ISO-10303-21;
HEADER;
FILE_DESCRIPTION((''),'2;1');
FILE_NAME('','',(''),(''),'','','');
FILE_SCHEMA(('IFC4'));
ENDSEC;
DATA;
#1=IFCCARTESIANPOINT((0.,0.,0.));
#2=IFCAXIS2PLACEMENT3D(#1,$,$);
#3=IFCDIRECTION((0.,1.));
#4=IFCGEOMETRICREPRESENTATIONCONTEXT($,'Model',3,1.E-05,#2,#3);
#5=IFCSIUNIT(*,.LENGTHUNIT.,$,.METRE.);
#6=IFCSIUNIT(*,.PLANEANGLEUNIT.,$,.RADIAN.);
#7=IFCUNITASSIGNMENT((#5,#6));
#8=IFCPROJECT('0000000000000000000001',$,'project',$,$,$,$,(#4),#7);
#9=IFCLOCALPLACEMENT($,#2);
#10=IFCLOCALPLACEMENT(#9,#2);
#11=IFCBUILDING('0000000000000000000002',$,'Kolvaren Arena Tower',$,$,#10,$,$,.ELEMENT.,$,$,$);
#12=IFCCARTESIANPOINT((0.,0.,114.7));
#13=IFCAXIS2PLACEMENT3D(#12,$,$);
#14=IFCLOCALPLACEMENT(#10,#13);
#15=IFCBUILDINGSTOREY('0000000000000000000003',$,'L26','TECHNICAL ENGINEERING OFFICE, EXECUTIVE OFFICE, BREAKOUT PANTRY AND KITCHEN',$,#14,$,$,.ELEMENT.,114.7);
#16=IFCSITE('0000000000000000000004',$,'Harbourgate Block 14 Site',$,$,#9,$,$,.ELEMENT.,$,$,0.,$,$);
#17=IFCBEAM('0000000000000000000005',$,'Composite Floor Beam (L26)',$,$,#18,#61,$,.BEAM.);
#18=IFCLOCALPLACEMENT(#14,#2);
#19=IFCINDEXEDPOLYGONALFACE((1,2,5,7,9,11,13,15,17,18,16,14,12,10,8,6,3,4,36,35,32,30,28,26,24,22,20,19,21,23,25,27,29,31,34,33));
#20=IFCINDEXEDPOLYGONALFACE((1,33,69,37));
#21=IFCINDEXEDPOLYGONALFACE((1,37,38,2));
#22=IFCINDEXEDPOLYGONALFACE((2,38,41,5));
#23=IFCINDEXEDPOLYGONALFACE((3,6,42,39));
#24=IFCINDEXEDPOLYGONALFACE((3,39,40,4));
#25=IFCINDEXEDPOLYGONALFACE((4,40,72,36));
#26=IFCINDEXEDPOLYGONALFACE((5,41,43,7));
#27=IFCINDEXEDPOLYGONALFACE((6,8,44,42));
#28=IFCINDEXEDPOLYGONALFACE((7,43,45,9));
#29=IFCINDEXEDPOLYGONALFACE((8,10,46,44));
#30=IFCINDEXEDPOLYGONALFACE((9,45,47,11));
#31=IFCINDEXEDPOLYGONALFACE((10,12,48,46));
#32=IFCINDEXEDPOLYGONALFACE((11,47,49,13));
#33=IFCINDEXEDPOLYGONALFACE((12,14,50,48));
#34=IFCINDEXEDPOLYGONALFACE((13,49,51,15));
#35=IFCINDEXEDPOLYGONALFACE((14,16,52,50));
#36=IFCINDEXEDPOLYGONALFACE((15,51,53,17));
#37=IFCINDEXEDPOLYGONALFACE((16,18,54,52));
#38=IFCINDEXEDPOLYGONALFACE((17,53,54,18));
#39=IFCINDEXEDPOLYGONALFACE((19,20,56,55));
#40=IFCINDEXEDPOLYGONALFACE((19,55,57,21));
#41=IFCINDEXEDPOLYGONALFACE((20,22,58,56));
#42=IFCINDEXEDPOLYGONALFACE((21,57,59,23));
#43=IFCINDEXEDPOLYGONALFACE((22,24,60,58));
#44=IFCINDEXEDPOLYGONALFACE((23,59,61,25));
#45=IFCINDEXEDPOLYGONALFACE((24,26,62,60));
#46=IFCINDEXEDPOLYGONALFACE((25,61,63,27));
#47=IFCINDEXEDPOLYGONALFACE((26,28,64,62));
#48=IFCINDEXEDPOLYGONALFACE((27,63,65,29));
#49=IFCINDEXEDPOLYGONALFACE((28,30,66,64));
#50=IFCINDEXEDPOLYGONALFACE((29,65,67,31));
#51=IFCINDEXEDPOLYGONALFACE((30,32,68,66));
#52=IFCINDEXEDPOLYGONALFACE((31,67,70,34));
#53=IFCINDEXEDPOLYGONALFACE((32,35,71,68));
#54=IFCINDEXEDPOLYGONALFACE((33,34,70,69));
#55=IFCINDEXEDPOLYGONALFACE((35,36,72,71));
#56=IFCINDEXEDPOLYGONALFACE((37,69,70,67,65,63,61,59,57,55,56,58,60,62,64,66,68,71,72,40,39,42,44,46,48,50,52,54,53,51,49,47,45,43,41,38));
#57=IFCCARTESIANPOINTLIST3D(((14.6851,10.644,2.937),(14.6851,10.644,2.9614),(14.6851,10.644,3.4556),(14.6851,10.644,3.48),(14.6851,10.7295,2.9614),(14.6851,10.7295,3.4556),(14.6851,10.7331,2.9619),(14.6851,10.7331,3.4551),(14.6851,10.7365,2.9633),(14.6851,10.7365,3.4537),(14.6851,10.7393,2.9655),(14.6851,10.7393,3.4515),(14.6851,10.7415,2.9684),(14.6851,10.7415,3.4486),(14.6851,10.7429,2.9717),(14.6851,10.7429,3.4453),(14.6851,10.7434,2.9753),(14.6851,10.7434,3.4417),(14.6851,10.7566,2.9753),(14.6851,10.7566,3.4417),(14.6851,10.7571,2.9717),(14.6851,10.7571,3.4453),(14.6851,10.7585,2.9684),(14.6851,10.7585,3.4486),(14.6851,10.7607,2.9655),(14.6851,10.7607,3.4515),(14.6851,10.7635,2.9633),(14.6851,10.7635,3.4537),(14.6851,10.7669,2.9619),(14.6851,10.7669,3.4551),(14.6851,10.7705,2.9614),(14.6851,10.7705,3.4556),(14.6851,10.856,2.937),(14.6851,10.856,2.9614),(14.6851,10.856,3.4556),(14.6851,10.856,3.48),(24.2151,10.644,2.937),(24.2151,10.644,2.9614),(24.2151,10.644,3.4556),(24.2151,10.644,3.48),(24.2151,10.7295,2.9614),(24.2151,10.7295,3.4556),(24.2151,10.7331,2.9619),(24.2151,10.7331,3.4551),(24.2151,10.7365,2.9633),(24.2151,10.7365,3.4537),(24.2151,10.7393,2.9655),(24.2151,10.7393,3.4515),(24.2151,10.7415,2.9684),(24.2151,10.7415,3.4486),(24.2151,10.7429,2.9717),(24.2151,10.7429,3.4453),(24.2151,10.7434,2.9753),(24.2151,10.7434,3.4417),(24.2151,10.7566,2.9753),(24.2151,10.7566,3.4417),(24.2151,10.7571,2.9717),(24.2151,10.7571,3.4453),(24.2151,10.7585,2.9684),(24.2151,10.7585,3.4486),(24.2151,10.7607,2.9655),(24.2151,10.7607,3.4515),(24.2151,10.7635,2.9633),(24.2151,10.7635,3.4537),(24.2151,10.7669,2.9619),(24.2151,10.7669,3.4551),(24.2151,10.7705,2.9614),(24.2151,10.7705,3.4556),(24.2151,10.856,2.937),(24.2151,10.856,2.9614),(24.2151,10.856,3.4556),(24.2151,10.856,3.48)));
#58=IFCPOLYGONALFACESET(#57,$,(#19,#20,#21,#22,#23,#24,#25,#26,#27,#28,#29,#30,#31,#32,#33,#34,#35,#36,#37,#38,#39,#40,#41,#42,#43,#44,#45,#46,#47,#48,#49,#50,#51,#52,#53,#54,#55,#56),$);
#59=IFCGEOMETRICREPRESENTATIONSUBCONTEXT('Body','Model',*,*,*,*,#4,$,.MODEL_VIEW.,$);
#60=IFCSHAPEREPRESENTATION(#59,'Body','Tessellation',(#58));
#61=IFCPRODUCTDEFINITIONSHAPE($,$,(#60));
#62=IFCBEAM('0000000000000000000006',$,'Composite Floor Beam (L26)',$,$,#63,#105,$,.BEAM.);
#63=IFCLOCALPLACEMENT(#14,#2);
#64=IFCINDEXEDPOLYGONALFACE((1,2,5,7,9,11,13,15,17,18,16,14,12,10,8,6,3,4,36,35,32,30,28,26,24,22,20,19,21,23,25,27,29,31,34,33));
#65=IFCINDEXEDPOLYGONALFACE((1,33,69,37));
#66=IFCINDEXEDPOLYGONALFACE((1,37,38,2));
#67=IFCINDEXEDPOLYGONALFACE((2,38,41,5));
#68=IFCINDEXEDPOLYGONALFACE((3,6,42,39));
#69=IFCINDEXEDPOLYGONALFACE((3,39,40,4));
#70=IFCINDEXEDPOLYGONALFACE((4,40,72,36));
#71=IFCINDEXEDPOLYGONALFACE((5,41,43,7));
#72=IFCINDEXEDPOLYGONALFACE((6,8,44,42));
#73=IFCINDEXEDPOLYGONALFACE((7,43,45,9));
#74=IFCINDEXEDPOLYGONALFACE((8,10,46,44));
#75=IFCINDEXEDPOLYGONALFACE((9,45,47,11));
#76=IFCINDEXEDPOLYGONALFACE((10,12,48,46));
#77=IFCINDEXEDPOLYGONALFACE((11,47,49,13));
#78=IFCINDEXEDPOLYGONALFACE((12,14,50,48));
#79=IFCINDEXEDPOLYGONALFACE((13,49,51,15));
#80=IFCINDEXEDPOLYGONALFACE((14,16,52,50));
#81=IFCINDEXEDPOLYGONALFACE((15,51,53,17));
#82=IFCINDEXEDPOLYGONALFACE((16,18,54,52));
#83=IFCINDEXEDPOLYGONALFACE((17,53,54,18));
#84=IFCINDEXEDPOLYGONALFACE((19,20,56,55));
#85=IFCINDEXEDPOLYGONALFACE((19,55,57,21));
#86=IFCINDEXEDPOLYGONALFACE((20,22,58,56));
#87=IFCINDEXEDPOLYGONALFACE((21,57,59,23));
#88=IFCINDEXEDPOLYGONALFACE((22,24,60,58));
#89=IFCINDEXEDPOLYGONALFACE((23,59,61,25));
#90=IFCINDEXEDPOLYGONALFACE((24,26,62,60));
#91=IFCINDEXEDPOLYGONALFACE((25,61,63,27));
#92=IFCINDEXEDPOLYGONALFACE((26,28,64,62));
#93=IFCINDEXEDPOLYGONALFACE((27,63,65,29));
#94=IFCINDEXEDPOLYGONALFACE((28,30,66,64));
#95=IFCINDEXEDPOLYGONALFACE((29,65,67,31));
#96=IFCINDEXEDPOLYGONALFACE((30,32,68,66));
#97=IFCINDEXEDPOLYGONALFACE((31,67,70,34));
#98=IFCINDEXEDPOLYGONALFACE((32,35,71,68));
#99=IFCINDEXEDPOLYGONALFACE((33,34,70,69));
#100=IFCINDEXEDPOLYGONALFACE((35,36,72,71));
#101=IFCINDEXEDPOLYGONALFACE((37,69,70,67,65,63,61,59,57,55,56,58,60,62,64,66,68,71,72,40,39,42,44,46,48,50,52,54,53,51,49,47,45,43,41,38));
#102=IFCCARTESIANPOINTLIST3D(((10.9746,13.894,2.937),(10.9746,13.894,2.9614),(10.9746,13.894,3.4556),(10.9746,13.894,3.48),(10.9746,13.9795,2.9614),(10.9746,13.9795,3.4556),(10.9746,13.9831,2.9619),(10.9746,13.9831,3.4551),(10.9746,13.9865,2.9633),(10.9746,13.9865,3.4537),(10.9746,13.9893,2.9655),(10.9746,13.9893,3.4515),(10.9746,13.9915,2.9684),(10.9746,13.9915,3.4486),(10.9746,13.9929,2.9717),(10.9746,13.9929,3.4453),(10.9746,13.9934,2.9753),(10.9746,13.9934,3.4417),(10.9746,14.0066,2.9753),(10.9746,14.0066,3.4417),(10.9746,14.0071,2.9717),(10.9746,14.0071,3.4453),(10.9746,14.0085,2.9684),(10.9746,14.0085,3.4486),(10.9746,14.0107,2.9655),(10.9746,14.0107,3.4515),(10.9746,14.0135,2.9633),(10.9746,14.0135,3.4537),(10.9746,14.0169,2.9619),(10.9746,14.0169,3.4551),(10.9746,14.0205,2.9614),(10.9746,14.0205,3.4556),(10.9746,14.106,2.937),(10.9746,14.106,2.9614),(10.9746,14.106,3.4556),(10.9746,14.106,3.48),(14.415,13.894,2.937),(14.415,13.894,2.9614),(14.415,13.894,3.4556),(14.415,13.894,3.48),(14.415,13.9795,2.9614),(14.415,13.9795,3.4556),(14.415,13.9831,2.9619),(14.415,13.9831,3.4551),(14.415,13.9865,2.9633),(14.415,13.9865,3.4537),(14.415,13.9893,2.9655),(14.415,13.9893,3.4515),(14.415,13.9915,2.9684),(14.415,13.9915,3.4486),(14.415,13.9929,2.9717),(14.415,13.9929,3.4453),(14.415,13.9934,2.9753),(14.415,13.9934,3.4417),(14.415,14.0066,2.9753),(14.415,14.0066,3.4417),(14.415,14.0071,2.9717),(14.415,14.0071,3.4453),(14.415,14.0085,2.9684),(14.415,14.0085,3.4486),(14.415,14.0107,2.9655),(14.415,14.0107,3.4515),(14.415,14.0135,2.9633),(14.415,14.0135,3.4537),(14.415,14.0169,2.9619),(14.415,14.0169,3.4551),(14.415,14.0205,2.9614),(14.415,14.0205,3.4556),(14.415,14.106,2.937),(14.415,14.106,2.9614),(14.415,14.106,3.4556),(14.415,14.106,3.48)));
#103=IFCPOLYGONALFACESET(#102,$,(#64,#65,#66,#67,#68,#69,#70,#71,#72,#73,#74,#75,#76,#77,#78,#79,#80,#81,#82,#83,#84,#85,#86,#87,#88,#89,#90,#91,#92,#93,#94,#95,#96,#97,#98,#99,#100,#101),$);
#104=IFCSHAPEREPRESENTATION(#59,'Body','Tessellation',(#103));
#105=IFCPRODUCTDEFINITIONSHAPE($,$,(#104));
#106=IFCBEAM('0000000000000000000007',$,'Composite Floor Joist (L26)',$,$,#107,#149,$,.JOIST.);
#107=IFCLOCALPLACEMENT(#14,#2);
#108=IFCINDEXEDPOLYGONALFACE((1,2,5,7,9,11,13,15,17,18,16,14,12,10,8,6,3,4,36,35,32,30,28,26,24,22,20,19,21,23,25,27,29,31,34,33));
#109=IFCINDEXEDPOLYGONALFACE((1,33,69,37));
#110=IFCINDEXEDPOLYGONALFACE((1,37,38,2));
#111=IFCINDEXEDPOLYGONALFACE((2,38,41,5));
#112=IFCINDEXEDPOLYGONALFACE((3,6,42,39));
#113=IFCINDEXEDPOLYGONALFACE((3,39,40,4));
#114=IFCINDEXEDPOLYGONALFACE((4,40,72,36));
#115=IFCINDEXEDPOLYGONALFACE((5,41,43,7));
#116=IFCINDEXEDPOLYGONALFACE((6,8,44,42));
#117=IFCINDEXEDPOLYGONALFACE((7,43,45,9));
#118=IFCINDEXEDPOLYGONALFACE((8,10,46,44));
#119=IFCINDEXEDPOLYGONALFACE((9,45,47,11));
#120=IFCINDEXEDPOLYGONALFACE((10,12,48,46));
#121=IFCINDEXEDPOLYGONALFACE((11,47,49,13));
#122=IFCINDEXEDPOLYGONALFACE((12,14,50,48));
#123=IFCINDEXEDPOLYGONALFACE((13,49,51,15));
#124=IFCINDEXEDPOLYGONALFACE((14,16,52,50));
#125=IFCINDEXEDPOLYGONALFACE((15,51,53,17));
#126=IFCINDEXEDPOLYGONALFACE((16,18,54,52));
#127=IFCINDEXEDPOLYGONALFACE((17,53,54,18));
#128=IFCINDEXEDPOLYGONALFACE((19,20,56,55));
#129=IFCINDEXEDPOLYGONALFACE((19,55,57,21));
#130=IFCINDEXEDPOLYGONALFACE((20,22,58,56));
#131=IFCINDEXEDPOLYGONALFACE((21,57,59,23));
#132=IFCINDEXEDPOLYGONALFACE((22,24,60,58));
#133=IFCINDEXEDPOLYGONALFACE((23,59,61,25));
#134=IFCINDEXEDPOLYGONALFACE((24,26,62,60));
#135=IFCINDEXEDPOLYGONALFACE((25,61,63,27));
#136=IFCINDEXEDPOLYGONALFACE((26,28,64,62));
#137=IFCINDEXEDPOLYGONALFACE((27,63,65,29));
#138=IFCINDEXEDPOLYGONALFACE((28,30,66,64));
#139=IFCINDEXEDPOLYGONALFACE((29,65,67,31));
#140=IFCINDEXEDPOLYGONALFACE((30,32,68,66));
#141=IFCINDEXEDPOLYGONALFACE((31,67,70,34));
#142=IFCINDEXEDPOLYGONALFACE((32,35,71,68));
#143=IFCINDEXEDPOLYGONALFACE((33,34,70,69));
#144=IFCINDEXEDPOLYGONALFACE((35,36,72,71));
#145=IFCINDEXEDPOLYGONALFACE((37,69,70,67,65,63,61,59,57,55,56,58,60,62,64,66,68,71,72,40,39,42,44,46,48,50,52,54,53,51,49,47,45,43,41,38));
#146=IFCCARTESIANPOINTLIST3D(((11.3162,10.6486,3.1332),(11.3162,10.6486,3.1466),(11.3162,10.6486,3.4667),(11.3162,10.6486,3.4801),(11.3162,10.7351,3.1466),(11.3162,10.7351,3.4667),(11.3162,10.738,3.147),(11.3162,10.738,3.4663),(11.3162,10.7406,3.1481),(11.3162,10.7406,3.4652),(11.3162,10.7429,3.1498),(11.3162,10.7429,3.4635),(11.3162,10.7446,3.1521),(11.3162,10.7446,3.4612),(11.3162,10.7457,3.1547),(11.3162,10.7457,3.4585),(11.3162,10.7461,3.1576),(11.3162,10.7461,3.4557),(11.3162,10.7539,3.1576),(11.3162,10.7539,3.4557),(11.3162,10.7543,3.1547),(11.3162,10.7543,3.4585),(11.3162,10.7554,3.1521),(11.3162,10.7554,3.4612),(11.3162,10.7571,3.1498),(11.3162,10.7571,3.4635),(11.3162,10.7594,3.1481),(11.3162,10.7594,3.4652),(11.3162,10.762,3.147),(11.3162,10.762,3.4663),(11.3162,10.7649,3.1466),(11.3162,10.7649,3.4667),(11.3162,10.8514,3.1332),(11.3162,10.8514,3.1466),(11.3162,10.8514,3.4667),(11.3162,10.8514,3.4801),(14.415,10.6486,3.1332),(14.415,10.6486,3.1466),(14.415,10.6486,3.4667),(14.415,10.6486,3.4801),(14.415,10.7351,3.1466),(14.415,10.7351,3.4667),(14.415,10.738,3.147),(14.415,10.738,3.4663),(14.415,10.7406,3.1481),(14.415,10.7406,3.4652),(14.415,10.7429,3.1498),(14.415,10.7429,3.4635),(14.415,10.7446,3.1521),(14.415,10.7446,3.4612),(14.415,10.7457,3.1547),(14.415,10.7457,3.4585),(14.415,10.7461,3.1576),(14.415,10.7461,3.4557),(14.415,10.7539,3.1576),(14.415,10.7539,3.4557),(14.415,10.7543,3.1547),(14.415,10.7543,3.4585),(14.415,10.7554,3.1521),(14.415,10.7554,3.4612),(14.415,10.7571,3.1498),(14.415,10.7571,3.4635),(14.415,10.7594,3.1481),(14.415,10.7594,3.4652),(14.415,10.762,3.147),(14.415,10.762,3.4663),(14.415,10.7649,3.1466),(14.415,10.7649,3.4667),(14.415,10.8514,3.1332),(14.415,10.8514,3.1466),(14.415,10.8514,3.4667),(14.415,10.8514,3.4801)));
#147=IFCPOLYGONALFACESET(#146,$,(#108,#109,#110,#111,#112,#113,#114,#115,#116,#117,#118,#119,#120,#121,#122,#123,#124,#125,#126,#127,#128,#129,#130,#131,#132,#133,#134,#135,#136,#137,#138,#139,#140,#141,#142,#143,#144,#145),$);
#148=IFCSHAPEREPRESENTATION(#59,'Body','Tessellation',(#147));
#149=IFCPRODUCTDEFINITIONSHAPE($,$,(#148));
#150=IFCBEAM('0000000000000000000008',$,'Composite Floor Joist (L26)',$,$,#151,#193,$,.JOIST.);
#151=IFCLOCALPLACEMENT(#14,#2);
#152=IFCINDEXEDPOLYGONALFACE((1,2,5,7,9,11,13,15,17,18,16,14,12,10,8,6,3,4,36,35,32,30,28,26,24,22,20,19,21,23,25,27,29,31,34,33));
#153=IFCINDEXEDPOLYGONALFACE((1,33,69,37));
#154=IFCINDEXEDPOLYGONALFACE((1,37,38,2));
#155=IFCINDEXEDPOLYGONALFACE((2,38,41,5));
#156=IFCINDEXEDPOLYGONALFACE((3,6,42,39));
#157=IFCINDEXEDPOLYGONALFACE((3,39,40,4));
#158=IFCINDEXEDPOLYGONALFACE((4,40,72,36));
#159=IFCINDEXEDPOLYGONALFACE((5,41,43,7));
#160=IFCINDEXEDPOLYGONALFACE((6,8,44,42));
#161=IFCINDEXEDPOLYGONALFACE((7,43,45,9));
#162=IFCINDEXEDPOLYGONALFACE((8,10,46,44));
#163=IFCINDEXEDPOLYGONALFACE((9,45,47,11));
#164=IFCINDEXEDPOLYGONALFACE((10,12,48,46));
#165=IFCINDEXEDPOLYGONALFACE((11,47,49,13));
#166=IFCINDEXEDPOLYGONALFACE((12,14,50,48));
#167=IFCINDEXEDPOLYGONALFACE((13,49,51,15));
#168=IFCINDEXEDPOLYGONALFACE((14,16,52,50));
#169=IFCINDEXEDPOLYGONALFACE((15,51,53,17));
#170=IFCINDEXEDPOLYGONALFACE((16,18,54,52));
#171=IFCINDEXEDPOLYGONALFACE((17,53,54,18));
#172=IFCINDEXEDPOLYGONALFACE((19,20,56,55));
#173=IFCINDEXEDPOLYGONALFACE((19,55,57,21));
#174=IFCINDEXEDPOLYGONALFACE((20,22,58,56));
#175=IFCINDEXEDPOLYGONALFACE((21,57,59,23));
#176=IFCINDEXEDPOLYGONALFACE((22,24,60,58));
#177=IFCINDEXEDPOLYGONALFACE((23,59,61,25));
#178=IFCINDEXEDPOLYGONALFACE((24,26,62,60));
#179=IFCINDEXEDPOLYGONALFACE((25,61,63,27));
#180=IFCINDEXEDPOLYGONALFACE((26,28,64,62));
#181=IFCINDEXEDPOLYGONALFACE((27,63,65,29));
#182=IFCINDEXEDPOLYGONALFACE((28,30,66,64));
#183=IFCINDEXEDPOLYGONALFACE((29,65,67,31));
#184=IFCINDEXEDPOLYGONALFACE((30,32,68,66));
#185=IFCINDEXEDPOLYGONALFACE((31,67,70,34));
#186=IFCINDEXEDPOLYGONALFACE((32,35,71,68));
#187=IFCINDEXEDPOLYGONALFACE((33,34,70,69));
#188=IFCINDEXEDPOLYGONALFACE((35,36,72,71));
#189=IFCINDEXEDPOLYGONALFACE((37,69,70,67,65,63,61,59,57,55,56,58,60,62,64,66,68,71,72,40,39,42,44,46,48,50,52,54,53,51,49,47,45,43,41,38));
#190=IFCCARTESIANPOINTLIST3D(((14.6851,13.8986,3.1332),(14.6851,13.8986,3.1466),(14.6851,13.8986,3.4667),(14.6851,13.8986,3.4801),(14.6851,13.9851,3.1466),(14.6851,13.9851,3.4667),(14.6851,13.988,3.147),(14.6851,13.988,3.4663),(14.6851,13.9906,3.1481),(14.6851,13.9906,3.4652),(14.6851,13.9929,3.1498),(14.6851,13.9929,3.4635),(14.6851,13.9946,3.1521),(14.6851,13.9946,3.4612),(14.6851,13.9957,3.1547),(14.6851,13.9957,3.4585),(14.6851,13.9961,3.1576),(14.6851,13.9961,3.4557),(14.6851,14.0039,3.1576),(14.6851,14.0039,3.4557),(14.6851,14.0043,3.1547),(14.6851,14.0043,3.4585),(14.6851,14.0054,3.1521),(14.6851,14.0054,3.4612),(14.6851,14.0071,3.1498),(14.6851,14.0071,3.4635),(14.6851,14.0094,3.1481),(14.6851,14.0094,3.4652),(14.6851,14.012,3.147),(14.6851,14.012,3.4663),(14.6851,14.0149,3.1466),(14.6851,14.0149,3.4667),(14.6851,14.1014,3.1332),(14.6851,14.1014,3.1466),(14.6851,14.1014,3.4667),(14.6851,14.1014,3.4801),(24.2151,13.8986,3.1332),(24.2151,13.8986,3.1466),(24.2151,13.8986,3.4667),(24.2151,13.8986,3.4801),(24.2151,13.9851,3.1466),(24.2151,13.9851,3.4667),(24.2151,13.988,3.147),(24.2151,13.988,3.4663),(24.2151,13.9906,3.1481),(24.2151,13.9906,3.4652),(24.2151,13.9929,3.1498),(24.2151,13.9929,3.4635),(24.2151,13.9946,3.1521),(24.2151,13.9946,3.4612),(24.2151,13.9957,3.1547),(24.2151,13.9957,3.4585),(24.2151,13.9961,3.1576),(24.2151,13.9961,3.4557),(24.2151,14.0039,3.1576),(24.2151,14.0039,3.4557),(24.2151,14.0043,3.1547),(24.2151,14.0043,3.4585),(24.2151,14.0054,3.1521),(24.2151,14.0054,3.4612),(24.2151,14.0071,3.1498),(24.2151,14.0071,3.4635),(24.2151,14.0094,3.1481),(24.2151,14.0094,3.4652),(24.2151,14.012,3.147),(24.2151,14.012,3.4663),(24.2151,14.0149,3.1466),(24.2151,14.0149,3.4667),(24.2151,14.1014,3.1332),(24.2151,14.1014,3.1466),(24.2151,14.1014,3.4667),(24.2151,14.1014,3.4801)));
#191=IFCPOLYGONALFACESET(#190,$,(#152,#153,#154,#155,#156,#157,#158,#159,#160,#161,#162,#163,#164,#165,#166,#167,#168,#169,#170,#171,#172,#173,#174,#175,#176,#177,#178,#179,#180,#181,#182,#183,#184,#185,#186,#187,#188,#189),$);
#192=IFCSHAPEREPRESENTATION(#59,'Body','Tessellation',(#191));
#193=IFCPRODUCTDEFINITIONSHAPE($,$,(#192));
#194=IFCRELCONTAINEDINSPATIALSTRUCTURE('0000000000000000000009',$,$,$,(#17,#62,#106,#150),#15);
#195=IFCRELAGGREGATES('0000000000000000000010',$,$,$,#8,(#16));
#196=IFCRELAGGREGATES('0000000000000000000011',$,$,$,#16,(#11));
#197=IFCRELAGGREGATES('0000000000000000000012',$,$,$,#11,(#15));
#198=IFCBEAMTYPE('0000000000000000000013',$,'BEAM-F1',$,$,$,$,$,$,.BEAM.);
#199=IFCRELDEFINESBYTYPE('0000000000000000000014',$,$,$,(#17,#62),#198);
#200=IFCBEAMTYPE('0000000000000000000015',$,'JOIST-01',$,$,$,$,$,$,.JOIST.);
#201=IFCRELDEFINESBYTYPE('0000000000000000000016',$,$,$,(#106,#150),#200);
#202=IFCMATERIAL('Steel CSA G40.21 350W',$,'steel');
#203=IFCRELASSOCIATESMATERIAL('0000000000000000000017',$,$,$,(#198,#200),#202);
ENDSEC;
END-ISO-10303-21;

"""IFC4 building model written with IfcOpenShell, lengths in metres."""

from ifc_helpers import new_model, si_unit, direction, frame, origin, origin_2d, place, context, subcontext, project, spatial, i_section, extrude, material, material_profile, profile_set, type_object, element, save


model = new_model("IFC4")

# Units and contexts
model_context = context("Model", 3, precision=1e-05, world=origin(), true_north=direction((0.0, 1.0)))
body_context = subcontext(model_context, "Body", "Model", "MODEL_VIEW")
ifc_project = project(units=[si_unit("LENGTHUNIT", "METRE"), si_unit("PLANEANGLEUNIT", "RADIAN")], contexts=[model_context])

# Site, building, storey
site_placement = place(None, origin())
site = spatial("IfcSite", under=ifc_project, at=site_placement, Name="Harbourgate Block 14 Site", CompositionType="ELEMENT", RefElevation=0.0)
building_placement = place(site_placement, origin())
building = spatial("IfcBuilding", under=site, at=building_placement, Name="Kolvaren Arena Tower", CompositionType="ELEMENT")
storey_placement = place(building_placement, frame((0.0, 0.0, 114.7)))
storey = spatial("IfcBuildingStorey", under=building, at=storey_placement, Name="L26", Description="TECHNICAL ENGINEERING OFFICE, EXECUTIVE OFFICE, BREAKOUT PANTRY AND KITCHEN", CompositionType="ELEMENT", Elevation=114.7)

# Beams
ifc_material_1 = material(Name="Steel CSA G40.21 350W", Category="steel")
ifc_material_profile_1 = material_profile(ifc_material_1, i_section(OverallWidth=0.2119, OverallDepth=0.543, WebThickness=0.0132, FlangeThickness=0.0244, FilletRadius=0.0139, at=origin_2d()), Name="W530x150")
ifc_profile_set_1 = profile_set([ifc_material_profile_1], Name="Steel CSA G40.21 350W")
beam_type_1 = type_object("IfcBeamType", Name="BEAM-F1", PredefinedType="BEAM", material=ifc_profile_set_1)
beam_1_placement = place(storey_placement, frame((14.6851, 10.75, 3.2085), z_axis=(1.0, 0.0, 0.0), x_axis=(0.0, 1.0, 0.0)))
element("IfcBeam", 1, at=beam_1_placement, inside=storey, type_object=beam_type_1, Name="Composite Floor Beam (L26)", PredefinedType="BEAM", context=body_context, shape_type="SweptSolid", body=[
    extrude(i_section(OverallWidth=0.2119, OverallDepth=0.543, WebThickness=0.0132, FlangeThickness=0.0244, FilletRadius=0.0139, at=origin_2d()), origin(), (0.0, 0.0, 1.0), 9.53),
])
beam_2_placement = place(storey_placement, frame((10.9746, 14.0, 3.2085), z_axis=(1.0, 0.0, 0.0), x_axis=(0.0, 1.0, 0.0)))
element("IfcBeam", 2, at=beam_2_placement, inside=storey, type_object=beam_type_1, Name="Composite Floor Beam (L26)", PredefinedType="BEAM", context=body_context, shape_type="SweptSolid", body=[
    extrude(i_section(OverallWidth=0.2119, OverallDepth=0.543, WebThickness=0.0132, FlangeThickness=0.0244, FilletRadius=0.0139, at=origin_2d()), origin(), (0.0, 0.0, 1.0), 3.4404),
])
ifc_material_profile_2 = material_profile(ifc_material_1, i_section(OverallWidth=0.2029, OverallDepth=0.3469, WebThickness=0.0078, FlangeThickness=0.0134, FilletRadius=0.011, at=origin_2d()), Name="W360x64")
ifc_profile_set_2 = profile_set([ifc_material_profile_2], Name="Steel CSA G40.21 350W")
beam_type_2 = type_object("IfcBeamType", Name="JOIST-01", PredefinedType="JOIST", material=ifc_profile_set_2)
beam_3_placement = place(storey_placement, frame((11.3162, 10.75, 3.3066), z_axis=(1.0, 0.0, 0.0), x_axis=(0.0, 1.0, 0.0)))
element("IfcBeam", 3, at=beam_3_placement, inside=storey, type_object=beam_type_2, Name="Composite Floor Joist (L26)", PredefinedType="JOIST", context=body_context, shape_type="SweptSolid", body=[
    extrude(i_section(OverallWidth=0.2029, OverallDepth=0.3469, WebThickness=0.0078, FlangeThickness=0.0134, FilletRadius=0.011, at=origin_2d()), origin(), (0.0, 0.0, 1.0), 3.0989),
])
beam_4_placement = place(storey_placement, frame((14.6851, 14.0, 3.3066), z_axis=(1.0, 0.0, 0.0), x_axis=(0.0, 1.0, 0.0)))
element("IfcBeam", 4, at=beam_4_placement, inside=storey, type_object=beam_type_2, Name="Composite Floor Joist (L26)", PredefinedType="JOIST", context=body_context, shape_type="SweptSolid", body=[
    extrude(i_section(OverallWidth=0.2029, OverallDepth=0.3469, WebThickness=0.0078, FlangeThickness=0.0134, FilletRadius=0.011, at=origin_2d()), origin(), (0.0, 0.0, 1.0), 9.53),
])

save(model, "model.ifc")
